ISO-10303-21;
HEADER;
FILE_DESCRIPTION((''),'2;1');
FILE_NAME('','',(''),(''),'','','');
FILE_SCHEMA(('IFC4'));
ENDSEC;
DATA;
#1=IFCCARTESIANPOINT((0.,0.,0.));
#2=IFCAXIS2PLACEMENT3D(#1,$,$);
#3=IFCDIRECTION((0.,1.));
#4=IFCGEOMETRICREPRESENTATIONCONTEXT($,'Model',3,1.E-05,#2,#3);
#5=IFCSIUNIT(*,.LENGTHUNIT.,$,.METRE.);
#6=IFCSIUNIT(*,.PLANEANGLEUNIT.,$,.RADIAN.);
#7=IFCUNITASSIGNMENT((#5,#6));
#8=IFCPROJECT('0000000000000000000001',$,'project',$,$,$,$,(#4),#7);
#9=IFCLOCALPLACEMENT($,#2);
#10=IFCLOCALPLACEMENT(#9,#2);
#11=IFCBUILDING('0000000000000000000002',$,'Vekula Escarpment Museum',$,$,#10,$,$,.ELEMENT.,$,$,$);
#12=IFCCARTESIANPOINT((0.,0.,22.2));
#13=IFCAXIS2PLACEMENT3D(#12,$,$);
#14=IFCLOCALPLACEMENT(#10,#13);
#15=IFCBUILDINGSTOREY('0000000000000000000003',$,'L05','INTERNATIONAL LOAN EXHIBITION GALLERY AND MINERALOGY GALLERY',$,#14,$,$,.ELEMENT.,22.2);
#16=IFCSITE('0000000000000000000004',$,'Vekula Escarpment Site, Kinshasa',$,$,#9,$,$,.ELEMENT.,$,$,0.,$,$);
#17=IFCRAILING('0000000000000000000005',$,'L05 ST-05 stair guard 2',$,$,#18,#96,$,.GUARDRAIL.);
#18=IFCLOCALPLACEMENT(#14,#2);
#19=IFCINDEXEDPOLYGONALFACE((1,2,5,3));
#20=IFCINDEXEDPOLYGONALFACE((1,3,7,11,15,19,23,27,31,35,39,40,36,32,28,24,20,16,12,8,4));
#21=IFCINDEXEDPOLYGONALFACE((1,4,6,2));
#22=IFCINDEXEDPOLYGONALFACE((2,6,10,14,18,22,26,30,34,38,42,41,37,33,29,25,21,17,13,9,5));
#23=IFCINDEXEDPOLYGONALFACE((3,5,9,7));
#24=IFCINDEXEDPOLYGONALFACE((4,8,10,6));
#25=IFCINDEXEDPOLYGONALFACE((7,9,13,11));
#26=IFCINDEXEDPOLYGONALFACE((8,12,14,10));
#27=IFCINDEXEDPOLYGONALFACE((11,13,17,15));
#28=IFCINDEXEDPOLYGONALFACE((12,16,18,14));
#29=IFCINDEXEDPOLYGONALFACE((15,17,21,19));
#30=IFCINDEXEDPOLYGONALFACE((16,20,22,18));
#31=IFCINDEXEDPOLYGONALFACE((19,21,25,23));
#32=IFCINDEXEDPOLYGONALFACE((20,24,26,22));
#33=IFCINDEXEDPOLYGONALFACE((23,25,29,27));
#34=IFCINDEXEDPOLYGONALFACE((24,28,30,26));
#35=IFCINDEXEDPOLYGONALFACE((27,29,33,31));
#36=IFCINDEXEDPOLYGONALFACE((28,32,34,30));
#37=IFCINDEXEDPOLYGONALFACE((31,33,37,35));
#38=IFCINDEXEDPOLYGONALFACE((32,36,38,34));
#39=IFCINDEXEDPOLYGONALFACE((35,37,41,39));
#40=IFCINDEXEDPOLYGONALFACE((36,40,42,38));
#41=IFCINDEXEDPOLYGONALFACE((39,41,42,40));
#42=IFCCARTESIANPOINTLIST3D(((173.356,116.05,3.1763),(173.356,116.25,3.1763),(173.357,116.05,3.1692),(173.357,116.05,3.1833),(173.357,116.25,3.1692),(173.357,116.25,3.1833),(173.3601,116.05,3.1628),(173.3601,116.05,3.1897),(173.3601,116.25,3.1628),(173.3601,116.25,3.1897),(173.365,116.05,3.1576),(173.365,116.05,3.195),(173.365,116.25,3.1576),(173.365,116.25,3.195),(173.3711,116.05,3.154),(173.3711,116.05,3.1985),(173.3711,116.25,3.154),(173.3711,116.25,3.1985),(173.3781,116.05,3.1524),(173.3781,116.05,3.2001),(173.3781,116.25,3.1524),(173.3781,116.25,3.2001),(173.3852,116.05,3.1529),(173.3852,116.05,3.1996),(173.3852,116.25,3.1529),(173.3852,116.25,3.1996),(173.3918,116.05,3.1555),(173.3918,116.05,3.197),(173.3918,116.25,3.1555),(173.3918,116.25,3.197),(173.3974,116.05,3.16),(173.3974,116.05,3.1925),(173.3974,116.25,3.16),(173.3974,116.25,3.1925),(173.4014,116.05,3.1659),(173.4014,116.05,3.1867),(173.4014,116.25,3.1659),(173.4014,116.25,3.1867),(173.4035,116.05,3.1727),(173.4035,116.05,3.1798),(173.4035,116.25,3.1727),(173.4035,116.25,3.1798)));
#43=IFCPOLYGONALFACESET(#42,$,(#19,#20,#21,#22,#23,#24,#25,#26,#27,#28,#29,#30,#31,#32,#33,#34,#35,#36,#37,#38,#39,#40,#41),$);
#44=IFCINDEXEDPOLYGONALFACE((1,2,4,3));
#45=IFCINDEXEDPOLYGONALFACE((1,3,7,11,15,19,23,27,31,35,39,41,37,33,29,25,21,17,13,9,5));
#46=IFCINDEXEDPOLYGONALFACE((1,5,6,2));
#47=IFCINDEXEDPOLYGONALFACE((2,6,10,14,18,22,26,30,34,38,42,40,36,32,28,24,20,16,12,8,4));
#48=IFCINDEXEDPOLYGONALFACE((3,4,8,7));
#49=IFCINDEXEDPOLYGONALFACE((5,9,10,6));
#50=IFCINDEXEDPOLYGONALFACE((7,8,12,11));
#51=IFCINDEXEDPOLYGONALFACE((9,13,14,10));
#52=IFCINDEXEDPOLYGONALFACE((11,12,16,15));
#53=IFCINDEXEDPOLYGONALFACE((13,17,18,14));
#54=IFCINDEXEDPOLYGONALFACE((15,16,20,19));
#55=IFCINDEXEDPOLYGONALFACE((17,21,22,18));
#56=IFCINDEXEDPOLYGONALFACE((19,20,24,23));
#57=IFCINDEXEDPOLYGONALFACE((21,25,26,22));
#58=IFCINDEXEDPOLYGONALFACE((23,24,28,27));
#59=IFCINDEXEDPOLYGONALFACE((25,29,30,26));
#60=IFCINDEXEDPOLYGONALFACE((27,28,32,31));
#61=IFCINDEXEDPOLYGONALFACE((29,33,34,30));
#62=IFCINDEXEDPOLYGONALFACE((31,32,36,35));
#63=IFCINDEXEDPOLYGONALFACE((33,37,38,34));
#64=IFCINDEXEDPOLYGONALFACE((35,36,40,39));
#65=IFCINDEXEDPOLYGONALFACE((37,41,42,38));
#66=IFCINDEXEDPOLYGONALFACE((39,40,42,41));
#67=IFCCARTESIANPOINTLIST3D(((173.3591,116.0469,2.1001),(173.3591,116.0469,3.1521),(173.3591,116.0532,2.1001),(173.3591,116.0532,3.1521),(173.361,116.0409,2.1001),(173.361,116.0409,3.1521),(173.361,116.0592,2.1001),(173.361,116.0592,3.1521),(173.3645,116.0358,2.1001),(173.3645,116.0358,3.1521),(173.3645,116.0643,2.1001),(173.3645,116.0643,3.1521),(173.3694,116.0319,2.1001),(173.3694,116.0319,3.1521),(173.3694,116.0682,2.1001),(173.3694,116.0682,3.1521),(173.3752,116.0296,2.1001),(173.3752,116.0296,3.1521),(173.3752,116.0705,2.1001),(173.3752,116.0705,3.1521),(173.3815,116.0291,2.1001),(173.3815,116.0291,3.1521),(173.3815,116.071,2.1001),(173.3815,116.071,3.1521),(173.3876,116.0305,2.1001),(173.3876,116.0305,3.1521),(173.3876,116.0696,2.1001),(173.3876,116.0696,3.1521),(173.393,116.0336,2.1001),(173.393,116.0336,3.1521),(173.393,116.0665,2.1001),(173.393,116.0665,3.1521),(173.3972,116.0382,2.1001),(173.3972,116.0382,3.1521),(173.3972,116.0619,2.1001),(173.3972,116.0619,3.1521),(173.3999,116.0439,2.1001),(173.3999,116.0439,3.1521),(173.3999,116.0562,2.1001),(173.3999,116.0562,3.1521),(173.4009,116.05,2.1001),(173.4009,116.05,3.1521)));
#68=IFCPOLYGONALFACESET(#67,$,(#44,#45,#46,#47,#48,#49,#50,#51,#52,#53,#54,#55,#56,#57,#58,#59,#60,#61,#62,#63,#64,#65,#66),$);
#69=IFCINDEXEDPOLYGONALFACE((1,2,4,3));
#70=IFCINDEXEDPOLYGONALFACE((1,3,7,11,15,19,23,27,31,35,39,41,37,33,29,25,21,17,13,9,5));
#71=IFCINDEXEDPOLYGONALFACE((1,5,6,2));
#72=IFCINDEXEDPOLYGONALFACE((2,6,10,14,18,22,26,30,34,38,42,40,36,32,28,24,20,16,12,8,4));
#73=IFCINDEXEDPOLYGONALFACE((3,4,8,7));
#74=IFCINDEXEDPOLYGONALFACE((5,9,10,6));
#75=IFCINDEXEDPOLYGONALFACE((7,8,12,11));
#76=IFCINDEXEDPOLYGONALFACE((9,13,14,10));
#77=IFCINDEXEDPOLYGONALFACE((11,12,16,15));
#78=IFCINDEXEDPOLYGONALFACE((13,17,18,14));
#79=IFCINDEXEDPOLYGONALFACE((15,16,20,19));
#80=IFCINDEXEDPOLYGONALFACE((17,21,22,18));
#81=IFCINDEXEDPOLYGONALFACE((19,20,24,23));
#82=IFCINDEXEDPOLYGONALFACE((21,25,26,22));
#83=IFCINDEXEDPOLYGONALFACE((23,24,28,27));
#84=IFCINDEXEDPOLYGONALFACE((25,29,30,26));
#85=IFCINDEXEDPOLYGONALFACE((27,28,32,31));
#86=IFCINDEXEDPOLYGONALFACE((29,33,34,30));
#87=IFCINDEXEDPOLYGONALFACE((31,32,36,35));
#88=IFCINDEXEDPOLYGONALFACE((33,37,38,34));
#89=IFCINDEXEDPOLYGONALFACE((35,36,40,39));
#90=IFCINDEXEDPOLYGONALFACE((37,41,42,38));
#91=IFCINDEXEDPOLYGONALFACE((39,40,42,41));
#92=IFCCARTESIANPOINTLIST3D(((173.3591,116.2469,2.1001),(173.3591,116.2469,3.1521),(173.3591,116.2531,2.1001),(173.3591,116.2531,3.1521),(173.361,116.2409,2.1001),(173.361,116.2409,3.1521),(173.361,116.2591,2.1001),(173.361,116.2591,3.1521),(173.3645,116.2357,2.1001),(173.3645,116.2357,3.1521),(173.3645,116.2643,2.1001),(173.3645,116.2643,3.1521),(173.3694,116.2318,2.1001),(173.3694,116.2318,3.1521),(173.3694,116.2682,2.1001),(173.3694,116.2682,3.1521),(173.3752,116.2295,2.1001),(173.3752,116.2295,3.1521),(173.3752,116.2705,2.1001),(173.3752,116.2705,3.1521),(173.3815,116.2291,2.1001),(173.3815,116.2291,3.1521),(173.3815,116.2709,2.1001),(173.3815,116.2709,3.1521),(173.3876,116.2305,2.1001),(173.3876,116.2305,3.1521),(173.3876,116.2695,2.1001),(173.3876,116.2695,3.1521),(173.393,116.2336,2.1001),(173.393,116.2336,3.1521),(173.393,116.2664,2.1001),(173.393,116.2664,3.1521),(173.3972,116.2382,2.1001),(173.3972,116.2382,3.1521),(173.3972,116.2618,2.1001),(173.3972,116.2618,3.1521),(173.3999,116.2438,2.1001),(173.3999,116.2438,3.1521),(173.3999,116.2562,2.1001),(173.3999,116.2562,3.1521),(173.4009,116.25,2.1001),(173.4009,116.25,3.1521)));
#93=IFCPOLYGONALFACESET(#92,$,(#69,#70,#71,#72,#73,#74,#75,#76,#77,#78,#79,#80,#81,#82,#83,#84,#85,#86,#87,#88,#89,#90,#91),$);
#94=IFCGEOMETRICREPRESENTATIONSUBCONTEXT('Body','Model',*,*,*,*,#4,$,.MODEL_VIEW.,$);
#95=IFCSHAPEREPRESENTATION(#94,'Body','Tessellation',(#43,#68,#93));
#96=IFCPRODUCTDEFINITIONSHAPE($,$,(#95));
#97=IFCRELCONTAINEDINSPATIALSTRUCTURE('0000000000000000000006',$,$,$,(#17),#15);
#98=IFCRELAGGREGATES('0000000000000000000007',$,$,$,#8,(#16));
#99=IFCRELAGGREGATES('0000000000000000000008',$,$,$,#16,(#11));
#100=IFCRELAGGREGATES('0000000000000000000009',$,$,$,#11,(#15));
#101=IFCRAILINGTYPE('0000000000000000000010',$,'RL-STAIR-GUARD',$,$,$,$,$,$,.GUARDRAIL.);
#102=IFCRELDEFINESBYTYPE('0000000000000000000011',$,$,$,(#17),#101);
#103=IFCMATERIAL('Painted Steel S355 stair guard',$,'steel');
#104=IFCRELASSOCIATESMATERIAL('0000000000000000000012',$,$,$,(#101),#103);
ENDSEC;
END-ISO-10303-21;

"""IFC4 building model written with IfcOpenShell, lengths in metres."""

from ifc_helpers import new_model, si_unit, direction, frame, origin, origin_2d, place, context, subcontext, project, spatial, circle, extrude, material, type_object, element, save


model = new_model("IFC4")

# Units and contexts
model_context = context("Model", 3, precision=1e-05, world=origin(), true_north=direction((0.0, 1.0)))
body_context = subcontext(model_context, "Body", "Model", "MODEL_VIEW")
ifc_project = project(units=[si_unit("LENGTHUNIT", "METRE"), si_unit("PLANEANGLEUNIT", "RADIAN")], contexts=[model_context])

# Site, building, storey
site_placement = place(None, origin())
site = spatial("IfcSite", under=ifc_project, at=site_placement, Name="Vekula Escarpment Site, Kinshasa", CompositionType="ELEMENT", RefElevation=0.0)
building_placement = place(site_placement, origin())
building = spatial("IfcBuilding", under=site, at=building_placement, Name="Vekula Escarpment Museum", CompositionType="ELEMENT")
storey_placement = place(building_placement, frame((0.0, 0.0, 22.2)))
storey = spatial("IfcBuildingStorey", under=building, at=storey_placement, Name="L05", Description="INTERNATIONAL LOAN EXHIBITION GALLERY AND MINERALOGY GALLERY", CompositionType="ELEMENT", Elevation=22.2)

# Railing
ifc_material_1 = material(Name="Painted Steel S355 stair guard", Category="steel")
railing_type_1 = type_object("IfcRailingType", Name="RL-STAIR-GUARD", PredefinedType="GUARDRAIL", material=ifc_material_1)
railing_1_placement = place(storey_placement, frame((173.3799, 116.05, 2.1001)))
element("IfcRailing", 1, at=railing_1_placement, inside=storey, type_object=railing_type_1, Name="L05 ST-05 stair guard 2", PredefinedType="GUARDRAIL", context=body_context, shape_type="SweptSolid", body=[
    extrude(circle(Radius=0.0239, at=origin_2d()), frame((0.0, 0.0, 1.0762), z_axis=(0.0, 1.0, 0.0), x_axis=(-1.0, 0.0, 0.0)), (0.0, 0.0, 1.0), 0.2),
    extrude(circle(Radius=0.021, at=origin_2d()), origin(), (0.0, 0.0, 1.0), 1.052),
    extrude(circle(Radius=0.021, at=origin_2d()), frame((0.0, 0.2, 0.0)), (0.0, 0.0, 1.0), 1.052),
])

save(model, "model.ifc")
